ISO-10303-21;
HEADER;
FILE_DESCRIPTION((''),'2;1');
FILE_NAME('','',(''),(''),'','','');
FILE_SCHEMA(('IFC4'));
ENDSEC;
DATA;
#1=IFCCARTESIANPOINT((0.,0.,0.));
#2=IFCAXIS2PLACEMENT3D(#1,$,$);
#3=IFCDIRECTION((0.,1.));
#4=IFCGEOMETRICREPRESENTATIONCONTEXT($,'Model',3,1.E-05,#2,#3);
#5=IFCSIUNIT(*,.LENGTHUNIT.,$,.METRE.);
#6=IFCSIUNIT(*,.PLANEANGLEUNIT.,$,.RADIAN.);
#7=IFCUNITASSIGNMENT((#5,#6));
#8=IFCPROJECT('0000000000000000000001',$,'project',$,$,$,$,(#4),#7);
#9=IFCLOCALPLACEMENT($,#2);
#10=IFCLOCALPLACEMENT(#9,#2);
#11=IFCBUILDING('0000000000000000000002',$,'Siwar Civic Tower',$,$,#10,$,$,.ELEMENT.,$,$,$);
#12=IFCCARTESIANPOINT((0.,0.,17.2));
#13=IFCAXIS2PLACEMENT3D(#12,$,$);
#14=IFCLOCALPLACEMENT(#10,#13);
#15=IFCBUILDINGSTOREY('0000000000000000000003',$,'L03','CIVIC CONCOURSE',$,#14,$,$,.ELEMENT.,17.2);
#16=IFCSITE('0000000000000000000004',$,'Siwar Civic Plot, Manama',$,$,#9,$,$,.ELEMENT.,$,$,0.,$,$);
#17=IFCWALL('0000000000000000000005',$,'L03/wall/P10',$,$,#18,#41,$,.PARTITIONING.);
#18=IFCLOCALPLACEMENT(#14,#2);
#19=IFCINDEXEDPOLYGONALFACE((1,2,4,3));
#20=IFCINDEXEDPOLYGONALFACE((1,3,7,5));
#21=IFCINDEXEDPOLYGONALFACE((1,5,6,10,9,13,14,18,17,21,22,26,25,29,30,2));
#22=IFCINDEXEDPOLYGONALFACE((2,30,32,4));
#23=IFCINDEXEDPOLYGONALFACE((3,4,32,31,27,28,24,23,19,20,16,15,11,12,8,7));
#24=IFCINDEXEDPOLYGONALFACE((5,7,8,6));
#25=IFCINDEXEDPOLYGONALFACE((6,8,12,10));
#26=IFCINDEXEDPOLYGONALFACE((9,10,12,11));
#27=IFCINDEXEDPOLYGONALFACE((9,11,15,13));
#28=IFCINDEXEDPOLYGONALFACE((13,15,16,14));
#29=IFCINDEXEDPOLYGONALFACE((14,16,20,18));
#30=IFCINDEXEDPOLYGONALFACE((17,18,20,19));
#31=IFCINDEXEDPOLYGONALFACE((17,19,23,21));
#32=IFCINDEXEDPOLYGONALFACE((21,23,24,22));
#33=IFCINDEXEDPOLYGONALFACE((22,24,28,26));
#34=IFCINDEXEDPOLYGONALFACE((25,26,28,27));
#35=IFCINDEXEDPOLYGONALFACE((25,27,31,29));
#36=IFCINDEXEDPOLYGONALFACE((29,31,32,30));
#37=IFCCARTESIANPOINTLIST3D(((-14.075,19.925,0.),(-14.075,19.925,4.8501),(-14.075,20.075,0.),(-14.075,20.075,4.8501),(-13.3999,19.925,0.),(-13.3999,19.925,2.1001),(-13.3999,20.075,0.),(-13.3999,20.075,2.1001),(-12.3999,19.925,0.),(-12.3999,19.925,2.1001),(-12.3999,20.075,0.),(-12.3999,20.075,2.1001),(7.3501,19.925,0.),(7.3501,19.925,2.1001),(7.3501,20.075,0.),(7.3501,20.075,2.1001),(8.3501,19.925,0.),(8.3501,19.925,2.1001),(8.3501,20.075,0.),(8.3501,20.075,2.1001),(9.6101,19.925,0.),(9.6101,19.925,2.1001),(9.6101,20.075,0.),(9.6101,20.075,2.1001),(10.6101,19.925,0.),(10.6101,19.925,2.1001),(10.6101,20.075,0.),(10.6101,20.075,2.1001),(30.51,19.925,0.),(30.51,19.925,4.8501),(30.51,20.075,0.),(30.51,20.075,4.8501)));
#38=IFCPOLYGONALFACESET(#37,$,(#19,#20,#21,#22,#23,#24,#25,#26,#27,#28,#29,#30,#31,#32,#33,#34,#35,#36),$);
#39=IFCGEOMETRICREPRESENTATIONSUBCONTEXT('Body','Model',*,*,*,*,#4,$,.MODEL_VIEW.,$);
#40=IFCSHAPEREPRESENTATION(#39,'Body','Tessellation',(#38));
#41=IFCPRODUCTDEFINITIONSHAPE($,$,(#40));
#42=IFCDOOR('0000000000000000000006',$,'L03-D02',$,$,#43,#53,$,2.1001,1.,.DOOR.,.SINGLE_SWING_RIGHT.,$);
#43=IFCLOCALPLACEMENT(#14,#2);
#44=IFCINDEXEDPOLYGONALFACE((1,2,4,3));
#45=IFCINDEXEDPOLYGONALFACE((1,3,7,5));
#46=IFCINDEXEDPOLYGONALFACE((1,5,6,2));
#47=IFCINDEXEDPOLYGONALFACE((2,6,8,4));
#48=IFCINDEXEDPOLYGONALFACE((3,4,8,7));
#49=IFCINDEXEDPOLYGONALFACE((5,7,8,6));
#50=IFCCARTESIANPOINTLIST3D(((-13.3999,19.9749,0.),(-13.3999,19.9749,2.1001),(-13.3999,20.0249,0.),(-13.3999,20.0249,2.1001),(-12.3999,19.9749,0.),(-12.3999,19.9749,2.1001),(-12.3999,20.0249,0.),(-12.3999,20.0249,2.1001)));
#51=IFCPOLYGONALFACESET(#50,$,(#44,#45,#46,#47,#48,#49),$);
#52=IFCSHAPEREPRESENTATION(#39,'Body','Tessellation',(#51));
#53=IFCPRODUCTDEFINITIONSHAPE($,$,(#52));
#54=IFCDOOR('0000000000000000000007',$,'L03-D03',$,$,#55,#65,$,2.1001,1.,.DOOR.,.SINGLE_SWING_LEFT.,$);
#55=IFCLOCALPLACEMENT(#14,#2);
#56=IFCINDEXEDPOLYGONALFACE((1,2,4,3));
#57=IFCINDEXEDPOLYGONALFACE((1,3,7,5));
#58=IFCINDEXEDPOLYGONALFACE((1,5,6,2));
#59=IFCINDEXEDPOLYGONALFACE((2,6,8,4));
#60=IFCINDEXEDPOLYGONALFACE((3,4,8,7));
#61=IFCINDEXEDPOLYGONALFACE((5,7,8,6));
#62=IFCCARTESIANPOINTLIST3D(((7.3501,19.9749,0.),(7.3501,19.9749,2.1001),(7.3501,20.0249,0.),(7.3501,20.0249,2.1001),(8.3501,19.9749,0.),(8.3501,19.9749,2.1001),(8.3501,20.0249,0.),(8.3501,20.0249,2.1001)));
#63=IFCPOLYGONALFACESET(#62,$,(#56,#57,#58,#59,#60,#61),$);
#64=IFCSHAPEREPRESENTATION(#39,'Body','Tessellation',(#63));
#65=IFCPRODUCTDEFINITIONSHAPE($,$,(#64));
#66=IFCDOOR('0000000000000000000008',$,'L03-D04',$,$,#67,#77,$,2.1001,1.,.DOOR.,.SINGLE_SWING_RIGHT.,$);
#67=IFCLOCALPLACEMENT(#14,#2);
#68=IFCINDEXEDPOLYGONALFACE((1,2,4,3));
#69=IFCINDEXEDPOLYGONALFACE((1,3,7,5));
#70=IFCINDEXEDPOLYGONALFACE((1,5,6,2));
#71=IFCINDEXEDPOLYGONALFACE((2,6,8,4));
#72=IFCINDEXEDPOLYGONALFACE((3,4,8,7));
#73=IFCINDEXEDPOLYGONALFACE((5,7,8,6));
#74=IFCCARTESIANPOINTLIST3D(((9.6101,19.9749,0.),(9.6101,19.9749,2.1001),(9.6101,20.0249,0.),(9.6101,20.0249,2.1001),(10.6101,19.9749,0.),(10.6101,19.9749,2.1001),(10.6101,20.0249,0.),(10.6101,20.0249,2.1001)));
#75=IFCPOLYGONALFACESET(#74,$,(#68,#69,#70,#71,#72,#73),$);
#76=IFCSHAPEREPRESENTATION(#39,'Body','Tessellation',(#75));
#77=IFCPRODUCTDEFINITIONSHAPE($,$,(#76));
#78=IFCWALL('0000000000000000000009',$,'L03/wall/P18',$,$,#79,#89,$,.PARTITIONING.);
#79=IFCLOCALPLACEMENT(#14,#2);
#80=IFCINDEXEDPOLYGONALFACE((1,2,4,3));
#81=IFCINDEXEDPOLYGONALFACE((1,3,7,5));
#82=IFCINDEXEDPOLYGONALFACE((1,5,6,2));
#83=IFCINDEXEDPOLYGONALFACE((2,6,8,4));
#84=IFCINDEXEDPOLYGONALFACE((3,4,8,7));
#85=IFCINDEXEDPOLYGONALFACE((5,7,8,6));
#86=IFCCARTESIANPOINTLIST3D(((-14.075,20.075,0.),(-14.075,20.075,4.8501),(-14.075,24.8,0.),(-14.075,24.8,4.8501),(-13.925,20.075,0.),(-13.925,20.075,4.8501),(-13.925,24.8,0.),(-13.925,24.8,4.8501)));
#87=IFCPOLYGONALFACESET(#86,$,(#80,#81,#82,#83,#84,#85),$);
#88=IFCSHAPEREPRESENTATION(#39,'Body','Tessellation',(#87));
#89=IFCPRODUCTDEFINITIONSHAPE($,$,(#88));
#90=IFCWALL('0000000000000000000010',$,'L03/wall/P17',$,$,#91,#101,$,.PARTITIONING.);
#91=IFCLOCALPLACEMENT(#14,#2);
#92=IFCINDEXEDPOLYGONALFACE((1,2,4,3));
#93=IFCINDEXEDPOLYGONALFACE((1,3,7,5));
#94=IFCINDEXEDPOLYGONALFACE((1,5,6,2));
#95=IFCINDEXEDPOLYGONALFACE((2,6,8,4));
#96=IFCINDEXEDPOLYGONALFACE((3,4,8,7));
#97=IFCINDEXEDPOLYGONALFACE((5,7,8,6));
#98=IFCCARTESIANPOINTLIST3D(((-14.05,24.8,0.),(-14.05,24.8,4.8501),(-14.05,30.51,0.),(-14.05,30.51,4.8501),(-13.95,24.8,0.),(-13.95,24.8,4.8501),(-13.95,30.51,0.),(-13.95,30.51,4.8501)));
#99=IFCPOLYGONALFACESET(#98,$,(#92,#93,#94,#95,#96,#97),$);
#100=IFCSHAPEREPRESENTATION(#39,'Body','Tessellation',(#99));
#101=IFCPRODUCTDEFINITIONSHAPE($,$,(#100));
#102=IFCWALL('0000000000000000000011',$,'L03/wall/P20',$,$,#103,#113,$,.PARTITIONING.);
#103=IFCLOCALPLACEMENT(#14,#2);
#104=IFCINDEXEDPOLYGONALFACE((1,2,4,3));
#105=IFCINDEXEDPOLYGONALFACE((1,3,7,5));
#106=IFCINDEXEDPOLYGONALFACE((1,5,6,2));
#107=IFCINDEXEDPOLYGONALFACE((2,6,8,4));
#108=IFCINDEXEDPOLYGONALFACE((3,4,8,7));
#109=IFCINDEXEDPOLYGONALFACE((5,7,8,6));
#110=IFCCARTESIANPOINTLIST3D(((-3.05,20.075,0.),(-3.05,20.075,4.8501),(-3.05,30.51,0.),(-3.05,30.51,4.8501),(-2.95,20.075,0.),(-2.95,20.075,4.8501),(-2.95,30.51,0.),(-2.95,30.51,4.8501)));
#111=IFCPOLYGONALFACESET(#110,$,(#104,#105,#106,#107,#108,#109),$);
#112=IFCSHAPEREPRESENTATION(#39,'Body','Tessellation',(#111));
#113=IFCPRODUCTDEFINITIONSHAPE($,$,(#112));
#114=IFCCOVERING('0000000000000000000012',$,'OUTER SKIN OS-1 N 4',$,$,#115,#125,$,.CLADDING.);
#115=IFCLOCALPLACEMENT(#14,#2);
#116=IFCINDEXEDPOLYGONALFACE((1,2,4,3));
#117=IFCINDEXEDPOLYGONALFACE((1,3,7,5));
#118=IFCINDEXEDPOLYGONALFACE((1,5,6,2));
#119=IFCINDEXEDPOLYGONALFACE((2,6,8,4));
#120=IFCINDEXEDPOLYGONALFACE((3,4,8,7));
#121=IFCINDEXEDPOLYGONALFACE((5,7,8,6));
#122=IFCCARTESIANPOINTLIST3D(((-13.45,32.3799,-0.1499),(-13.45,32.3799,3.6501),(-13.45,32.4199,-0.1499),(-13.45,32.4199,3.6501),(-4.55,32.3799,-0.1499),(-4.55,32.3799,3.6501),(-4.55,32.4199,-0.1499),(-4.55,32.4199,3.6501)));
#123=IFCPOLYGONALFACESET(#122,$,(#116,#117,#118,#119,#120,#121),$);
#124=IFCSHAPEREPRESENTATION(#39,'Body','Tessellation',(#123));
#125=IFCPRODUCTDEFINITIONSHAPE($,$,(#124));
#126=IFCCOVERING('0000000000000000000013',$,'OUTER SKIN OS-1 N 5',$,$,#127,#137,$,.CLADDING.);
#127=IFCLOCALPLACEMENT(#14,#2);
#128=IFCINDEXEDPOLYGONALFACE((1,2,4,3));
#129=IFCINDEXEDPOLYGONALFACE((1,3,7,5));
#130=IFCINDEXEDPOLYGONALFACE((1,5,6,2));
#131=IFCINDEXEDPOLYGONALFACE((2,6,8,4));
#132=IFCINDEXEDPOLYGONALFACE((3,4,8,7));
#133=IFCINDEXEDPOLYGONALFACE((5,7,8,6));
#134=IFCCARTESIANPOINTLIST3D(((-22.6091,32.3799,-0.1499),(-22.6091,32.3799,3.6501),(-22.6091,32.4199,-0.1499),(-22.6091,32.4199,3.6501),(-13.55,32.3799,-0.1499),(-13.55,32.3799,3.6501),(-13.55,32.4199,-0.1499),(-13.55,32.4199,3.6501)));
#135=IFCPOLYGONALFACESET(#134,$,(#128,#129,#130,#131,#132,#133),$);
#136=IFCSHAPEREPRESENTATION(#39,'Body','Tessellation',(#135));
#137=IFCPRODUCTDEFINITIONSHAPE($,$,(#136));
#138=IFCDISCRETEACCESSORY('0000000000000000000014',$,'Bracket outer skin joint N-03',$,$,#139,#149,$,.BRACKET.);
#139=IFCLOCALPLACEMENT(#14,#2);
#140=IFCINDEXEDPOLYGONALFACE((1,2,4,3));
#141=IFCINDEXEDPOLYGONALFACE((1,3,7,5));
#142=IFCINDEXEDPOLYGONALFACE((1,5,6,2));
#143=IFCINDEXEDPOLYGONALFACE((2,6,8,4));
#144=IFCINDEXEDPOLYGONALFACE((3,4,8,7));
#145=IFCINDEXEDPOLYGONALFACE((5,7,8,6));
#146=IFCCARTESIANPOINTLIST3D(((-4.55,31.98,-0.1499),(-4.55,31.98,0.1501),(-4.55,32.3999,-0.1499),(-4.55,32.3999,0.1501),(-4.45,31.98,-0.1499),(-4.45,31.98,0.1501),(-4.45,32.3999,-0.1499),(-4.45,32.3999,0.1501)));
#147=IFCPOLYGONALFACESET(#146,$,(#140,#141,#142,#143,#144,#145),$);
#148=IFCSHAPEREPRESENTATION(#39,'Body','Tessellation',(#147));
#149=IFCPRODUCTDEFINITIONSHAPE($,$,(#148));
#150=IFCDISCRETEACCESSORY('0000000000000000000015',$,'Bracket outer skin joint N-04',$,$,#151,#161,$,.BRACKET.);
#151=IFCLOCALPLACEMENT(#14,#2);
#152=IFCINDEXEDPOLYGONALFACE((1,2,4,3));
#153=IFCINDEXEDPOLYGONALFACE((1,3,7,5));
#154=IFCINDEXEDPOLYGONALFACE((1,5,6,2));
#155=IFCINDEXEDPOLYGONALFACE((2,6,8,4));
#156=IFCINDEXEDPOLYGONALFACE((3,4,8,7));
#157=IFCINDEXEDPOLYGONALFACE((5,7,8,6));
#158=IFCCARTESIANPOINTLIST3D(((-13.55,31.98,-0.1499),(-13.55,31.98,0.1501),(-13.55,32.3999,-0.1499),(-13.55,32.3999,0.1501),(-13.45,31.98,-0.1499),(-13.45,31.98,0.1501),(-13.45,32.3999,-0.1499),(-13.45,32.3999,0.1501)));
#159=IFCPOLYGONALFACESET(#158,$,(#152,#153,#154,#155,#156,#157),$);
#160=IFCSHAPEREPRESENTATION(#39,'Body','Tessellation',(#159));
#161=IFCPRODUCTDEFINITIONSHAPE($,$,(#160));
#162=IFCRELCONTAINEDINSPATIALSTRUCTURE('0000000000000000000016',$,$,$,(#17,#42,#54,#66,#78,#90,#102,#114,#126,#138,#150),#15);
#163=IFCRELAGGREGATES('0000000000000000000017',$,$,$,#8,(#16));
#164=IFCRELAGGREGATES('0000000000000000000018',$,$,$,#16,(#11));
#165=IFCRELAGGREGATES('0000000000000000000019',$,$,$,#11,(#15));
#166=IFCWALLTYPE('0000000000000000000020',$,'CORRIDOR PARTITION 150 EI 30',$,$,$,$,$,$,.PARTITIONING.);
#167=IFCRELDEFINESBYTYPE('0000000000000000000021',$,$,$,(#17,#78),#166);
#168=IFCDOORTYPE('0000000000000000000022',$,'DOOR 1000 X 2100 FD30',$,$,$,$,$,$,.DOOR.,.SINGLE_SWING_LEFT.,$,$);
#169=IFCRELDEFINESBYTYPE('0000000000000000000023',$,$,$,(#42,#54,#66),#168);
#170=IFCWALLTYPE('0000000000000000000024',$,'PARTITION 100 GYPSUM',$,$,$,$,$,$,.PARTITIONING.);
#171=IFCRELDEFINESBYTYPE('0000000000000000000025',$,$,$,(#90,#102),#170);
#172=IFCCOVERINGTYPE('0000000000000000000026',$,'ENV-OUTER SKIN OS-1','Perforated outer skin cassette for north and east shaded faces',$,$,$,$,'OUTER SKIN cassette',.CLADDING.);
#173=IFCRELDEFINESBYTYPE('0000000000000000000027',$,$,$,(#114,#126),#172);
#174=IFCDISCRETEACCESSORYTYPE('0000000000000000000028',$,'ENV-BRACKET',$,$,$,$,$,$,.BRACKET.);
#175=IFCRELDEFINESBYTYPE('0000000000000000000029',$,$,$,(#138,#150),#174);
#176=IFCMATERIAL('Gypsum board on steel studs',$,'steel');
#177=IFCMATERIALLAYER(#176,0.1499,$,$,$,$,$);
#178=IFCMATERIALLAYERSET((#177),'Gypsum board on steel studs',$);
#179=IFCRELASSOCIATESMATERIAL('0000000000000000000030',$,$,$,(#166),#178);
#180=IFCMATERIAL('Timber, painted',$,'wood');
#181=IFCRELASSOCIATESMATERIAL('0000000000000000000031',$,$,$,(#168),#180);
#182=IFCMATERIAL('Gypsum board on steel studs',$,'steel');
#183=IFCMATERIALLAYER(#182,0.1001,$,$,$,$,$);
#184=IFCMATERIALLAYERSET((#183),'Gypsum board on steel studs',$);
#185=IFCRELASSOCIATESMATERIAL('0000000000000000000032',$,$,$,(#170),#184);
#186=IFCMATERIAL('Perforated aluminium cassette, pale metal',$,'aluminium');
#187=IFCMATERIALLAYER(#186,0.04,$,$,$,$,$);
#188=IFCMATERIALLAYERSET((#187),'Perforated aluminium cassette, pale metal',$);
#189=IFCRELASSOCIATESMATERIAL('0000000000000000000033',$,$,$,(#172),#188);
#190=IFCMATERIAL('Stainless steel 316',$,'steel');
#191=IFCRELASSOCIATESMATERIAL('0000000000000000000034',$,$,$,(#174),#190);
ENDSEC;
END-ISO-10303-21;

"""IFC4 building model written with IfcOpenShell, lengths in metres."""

from ifc_helpers import new_model, si_unit, direction, frame, frame_2d, origin, origin_2d, place, context, subcontext, project, spatial, rectangle, extrude, material, layer, layer_set, type_object, element, fill, save


model = new_model("IFC4")

# Units and contexts
model_context = context("Model", 3, precision=1e-05, world=origin(), true_north=direction((0.0, 1.0)))
body_context = subcontext(model_context, "Body", "Model", "MODEL_VIEW")
ifc_project = project(units=[si_unit("LENGTHUNIT", "METRE"), si_unit("PLANEANGLEUNIT", "RADIAN")], contexts=[model_context])

# Site, building, storey
site_placement = place(None, origin())
site = spatial("IfcSite", under=ifc_project, at=site_placement, Name="Siwar Civic Plot, Manama", CompositionType="ELEMENT", RefElevation=0.0)
building_placement = place(site_placement, origin())
building = spatial("IfcBuilding", under=site, at=building_placement, Name="Siwar Civic Tower", CompositionType="ELEMENT")
storey_placement = place(building_placement, frame((0.0, 0.0, 17.2)))
storey = spatial("IfcBuildingStorey", under=building, at=storey_placement, Name="L03", Description="CIVIC CONCOURSE", CompositionType="ELEMENT", Elevation=17.2)

# Wall, openings, doors
ifc_material_1 = material(Name="Gypsum board on steel studs", Category="steel")
ifc_layer_1 = layer(ifc_material_1, 0.1499)
ifc_layer_set_1 = layer_set([ifc_layer_1], Name="Gypsum board on steel studs")
wall_type_1 = type_object("IfcWallType", Name="CORRIDOR PARTITION 150 EI 30", PredefinedType="PARTITIONING", material=ifc_layer_set_1)
wall_1_placement = place(storey_placement, frame((-14.075, 20.0, 0.0), z_axis=(0.0, 0.0, 1.0), x_axis=(1.0, 0.0, 0.0)))
wall_1 = element("IfcWall", 1, at=wall_1_placement, inside=storey, type_object=wall_type_1, Name="L03/wall/P10", PredefinedType="PARTITIONING", context=body_context, shape_type="SweptSolid", body=[
    extrude(rectangle(XDim=44.585, YDim=0.1499, at=frame_2d((22.2925, 0.0))), origin(), (0.0, 0.0, 1.0), 4.8501),
])
opening_1_placement = place(wall_1_placement, frame((0.675, 0.0, 0.0)))
opening_1 = element("IfcOpeningElement", 2, at=opening_1_placement, cuts=wall_1, PredefinedType="OPENING", context=body_context, shape_type="SweptSolid", body=[
    extrude(rectangle(XDim=1.0, YDim=2.1001, at=frame_2d((0.5, 1.05))), frame((0.0, 0.085, 0.0), z_axis=(0.0, -1.0, 0.0), x_axis=(1.0, 0.0, 0.0)), (0.0, 0.0, 1.0), 0.1699),
])
opening_2_placement = place(wall_1_placement, frame((21.425, 0.0, 0.0)))
opening_2 = element("IfcOpeningElement", 3, at=opening_2_placement, cuts=wall_1, PredefinedType="OPENING", context=body_context, shape_type="SweptSolid", body=[
    extrude(rectangle(XDim=1.0, YDim=2.1001, at=frame_2d((0.5, 1.05))), frame((0.0, 0.085, 0.0), z_axis=(0.0, -1.0, 0.0), x_axis=(1.0, 0.0, 0.0)), (0.0, 0.0, 1.0), 0.1699),
])
opening_3_placement = place(wall_1_placement, frame((23.6851, 0.0, 0.0)))
opening_3 = element("IfcOpeningElement", 4, at=opening_3_placement, cuts=wall_1, PredefinedType="OPENING", context=body_context, shape_type="SweptSolid", body=[
    extrude(rectangle(XDim=1.0, YDim=2.1001, at=frame_2d((0.5, 1.05))), frame((0.0, 0.085, 0.0), z_axis=(0.0, -1.0, 0.0), x_axis=(1.0, 0.0, 0.0)), (0.0, 0.0, 1.0), 0.1699),
])
ifc_material_2 = material(Name="Timber, painted", Category="wood")
door_type = type_object("IfcDoorType", Name="DOOR 1000 X 2100 FD30", OperationType="SINGLE_SWING_LEFT", PredefinedType="DOOR", material=ifc_material_2)
door_1_placement = place(opening_1_placement, origin())
door_1 = element("IfcDoor", 5, at=door_1_placement, inside=storey, type_object=door_type, Name="L03-D02", OperationType="SINGLE_SWING_RIGHT", OverallHeight=2.1001, OverallWidth=1.0, PredefinedType="DOOR", context=body_context, shape_type="SweptSolid", body=[
    extrude(rectangle(XDim=1.0, YDim=2.1001, at=frame_2d((0.5, 1.05))), frame((0.0, 0.0249, 0.0), z_axis=(0.0, -1.0, 0.0), x_axis=(1.0, 0.0, 0.0)), (0.0, 0.0, 1.0), 0.05),
])
fill(opening_1, door_1)
door_2_placement = place(opening_2_placement, origin())
door_2 = element("IfcDoor", 6, at=door_2_placement, inside=storey, type_object=door_type, Name="L03-D03", OperationType="SINGLE_SWING_LEFT", OverallHeight=2.1001, OverallWidth=1.0, PredefinedType="DOOR", context=body_context, shape_type="SweptSolid", body=[
    extrude(rectangle(XDim=1.0, YDim=2.1001, at=frame_2d((0.5, 1.05))), frame((0.0, 0.0249, 0.0), z_axis=(0.0, -1.0, 0.0), x_axis=(1.0, 0.0, 0.0)), (0.0, 0.0, 1.0), 0.05),
])
fill(opening_2, door_2)
door_3_placement = place(opening_3_placement, origin())
door_3 = element("IfcDoor", 7, at=door_3_placement, inside=storey, type_object=door_type, Name="L03-D04", OperationType="SINGLE_SWING_RIGHT", OverallHeight=2.1001, OverallWidth=1.0, PredefinedType="DOOR", context=body_context, shape_type="SweptSolid", body=[
    extrude(rectangle(XDim=1.0, YDim=2.1001, at=frame_2d((0.5, 1.05))), frame((0.0, 0.0249, 0.0), z_axis=(0.0, -1.0, 0.0), x_axis=(1.0, 0.0, 0.0)), (0.0, 0.0, 1.0), 0.05),
])
fill(opening_3, door_3)

# Walls
wall_2_placement = place(storey_placement, frame((-14.0, 20.075, 0.0), z_axis=(0.0, 0.0, 1.0), x_axis=(0.0, 1.0, 0.0)))
element("IfcWall", 8, at=wall_2_placement, inside=storey, type_object=wall_type_1, Name="L03/wall/P18", PredefinedType="PARTITIONING", context=body_context, shape_type="SweptSolid", body=[
    extrude(rectangle(XDim=4.7251, YDim=0.1499, at=frame_2d((2.3625, 0.0))), origin(), (0.0, 0.0, 1.0), 4.8501),
])
ifc_material_3 = material(Name="Gypsum board on steel studs", Category="steel")
ifc_layer_2 = layer(ifc_material_3, 0.1001)
ifc_layer_set_2 = layer_set([ifc_layer_2], Name="Gypsum board on steel studs")
wall_type_2 = type_object("IfcWallType", Name="PARTITION 100 GYPSUM", PredefinedType="PARTITIONING", material=ifc_layer_set_2)
wall_3_placement = place(storey_placement, frame((-14.0, 24.8, 0.0), z_axis=(0.0, 0.0, 1.0), x_axis=(0.0, 1.0, 0.0)))
element("IfcWall", 9, at=wall_3_placement, inside=storey, type_object=wall_type_2, Name="L03/wall/P17", PredefinedType="PARTITIONING", context=body_context, shape_type="SweptSolid", body=[
    extrude(rectangle(XDim=5.71, YDim=0.1001, at=frame_2d((2.855, 0.0))), origin(), (0.0, 0.0, 1.0), 4.8501),
])
wall_4_placement = place(storey_placement, frame((-3.0, 20.075, 0.0), z_axis=(0.0, 0.0, 1.0), x_axis=(0.0, 1.0, 0.0)))
element("IfcWall", 10, at=wall_4_placement, inside=storey, type_object=wall_type_2, Name="L03/wall/P20", PredefinedType="PARTITIONING", context=body_context, shape_type="SweptSolid", body=[
    extrude(rectangle(XDim=10.4351, YDim=0.1001, at=frame_2d((5.2175, 0.0))), origin(), (0.0, 0.0, 1.0), 4.8501),
])

# Coverings
ifc_material_4 = material(Name="Perforated aluminium cassette, pale metal", Category="aluminium")
ifc_layer_3 = layer(ifc_material_4, 0.04)
ifc_layer_set_3 = layer_set([ifc_layer_3], Name="Perforated aluminium cassette, pale metal")
covering_type = type_object("IfcCoveringType", Name="ENV-OUTER SKIN OS-1", Description="Perforated outer skin cassette for north and east shaded faces", ElementType="OUTER SKIN cassette", PredefinedType="CLADDING", material=ifc_layer_set_3)
covering_1_placement = place(storey_placement, frame((-9.0, 32.3999, -0.1499), z_axis=(0.0, 0.0, 1.0), x_axis=(-1.0, 0.0, 0.0)))
element("IfcCovering", 11, at=covering_1_placement, inside=storey, type_object=covering_type, Name="OUTER SKIN OS-1 N 4", PredefinedType="CLADDING", context=body_context, shape_type="SweptSolid", body=[
    extrude(rectangle(XDim=8.8999, YDim=0.04, at=origin_2d()), origin(), (0.0, 0.0, 1.0), 3.8),
])
covering_2_placement = place(storey_placement, frame((-18.0796, 32.3999, -0.1499), z_axis=(0.0, 0.0, 1.0), x_axis=(-1.0, 0.0, 0.0)))
element("IfcCovering", 12, at=covering_2_placement, inside=storey, type_object=covering_type, Name="OUTER SKIN OS-1 N 5", PredefinedType="CLADDING", context=body_context, shape_type="SweptSolid", body=[
    extrude(rectangle(XDim=9.0591, YDim=0.04, at=origin_2d()), origin(), (0.0, 0.0, 1.0), 3.8),
])

# Discrete accessories
ifc_material_5 = material(Name="Stainless steel 316", Category="steel")
discrete_accessory_type = type_object("IfcDiscreteAccessoryType", Name="ENV-BRACKET", PredefinedType="BRACKET", material=ifc_material_5)
for number, where, z_axis, x_axis, name in (
    (13, (-4.5, 32.1899, -0.1499), (0.0, 0.0, 1.0), (0.0, 1.0, 0.0), "Bracket outer skin joint N-03"),
    (14, (-13.5, 32.1899, -0.1499), (0.0, 0.0, 1.0), (0.0, 1.0, 0.0), "Bracket outer skin joint N-04"),
):
    element("IfcDiscreteAccessory", number, at=place(storey_placement, frame(where, z_axis=z_axis, x_axis=x_axis)), inside=storey, type_object=discrete_accessory_type, Name=name, PredefinedType="BRACKET", context=body_context, shape_type="SweptSolid", body=[
        extrude(rectangle(XDim=0.4199, YDim=0.1001, at=origin_2d()), origin(), (0.0, 0.0, 1.0), 0.3),
    ])

save(model, "model.ifc")
